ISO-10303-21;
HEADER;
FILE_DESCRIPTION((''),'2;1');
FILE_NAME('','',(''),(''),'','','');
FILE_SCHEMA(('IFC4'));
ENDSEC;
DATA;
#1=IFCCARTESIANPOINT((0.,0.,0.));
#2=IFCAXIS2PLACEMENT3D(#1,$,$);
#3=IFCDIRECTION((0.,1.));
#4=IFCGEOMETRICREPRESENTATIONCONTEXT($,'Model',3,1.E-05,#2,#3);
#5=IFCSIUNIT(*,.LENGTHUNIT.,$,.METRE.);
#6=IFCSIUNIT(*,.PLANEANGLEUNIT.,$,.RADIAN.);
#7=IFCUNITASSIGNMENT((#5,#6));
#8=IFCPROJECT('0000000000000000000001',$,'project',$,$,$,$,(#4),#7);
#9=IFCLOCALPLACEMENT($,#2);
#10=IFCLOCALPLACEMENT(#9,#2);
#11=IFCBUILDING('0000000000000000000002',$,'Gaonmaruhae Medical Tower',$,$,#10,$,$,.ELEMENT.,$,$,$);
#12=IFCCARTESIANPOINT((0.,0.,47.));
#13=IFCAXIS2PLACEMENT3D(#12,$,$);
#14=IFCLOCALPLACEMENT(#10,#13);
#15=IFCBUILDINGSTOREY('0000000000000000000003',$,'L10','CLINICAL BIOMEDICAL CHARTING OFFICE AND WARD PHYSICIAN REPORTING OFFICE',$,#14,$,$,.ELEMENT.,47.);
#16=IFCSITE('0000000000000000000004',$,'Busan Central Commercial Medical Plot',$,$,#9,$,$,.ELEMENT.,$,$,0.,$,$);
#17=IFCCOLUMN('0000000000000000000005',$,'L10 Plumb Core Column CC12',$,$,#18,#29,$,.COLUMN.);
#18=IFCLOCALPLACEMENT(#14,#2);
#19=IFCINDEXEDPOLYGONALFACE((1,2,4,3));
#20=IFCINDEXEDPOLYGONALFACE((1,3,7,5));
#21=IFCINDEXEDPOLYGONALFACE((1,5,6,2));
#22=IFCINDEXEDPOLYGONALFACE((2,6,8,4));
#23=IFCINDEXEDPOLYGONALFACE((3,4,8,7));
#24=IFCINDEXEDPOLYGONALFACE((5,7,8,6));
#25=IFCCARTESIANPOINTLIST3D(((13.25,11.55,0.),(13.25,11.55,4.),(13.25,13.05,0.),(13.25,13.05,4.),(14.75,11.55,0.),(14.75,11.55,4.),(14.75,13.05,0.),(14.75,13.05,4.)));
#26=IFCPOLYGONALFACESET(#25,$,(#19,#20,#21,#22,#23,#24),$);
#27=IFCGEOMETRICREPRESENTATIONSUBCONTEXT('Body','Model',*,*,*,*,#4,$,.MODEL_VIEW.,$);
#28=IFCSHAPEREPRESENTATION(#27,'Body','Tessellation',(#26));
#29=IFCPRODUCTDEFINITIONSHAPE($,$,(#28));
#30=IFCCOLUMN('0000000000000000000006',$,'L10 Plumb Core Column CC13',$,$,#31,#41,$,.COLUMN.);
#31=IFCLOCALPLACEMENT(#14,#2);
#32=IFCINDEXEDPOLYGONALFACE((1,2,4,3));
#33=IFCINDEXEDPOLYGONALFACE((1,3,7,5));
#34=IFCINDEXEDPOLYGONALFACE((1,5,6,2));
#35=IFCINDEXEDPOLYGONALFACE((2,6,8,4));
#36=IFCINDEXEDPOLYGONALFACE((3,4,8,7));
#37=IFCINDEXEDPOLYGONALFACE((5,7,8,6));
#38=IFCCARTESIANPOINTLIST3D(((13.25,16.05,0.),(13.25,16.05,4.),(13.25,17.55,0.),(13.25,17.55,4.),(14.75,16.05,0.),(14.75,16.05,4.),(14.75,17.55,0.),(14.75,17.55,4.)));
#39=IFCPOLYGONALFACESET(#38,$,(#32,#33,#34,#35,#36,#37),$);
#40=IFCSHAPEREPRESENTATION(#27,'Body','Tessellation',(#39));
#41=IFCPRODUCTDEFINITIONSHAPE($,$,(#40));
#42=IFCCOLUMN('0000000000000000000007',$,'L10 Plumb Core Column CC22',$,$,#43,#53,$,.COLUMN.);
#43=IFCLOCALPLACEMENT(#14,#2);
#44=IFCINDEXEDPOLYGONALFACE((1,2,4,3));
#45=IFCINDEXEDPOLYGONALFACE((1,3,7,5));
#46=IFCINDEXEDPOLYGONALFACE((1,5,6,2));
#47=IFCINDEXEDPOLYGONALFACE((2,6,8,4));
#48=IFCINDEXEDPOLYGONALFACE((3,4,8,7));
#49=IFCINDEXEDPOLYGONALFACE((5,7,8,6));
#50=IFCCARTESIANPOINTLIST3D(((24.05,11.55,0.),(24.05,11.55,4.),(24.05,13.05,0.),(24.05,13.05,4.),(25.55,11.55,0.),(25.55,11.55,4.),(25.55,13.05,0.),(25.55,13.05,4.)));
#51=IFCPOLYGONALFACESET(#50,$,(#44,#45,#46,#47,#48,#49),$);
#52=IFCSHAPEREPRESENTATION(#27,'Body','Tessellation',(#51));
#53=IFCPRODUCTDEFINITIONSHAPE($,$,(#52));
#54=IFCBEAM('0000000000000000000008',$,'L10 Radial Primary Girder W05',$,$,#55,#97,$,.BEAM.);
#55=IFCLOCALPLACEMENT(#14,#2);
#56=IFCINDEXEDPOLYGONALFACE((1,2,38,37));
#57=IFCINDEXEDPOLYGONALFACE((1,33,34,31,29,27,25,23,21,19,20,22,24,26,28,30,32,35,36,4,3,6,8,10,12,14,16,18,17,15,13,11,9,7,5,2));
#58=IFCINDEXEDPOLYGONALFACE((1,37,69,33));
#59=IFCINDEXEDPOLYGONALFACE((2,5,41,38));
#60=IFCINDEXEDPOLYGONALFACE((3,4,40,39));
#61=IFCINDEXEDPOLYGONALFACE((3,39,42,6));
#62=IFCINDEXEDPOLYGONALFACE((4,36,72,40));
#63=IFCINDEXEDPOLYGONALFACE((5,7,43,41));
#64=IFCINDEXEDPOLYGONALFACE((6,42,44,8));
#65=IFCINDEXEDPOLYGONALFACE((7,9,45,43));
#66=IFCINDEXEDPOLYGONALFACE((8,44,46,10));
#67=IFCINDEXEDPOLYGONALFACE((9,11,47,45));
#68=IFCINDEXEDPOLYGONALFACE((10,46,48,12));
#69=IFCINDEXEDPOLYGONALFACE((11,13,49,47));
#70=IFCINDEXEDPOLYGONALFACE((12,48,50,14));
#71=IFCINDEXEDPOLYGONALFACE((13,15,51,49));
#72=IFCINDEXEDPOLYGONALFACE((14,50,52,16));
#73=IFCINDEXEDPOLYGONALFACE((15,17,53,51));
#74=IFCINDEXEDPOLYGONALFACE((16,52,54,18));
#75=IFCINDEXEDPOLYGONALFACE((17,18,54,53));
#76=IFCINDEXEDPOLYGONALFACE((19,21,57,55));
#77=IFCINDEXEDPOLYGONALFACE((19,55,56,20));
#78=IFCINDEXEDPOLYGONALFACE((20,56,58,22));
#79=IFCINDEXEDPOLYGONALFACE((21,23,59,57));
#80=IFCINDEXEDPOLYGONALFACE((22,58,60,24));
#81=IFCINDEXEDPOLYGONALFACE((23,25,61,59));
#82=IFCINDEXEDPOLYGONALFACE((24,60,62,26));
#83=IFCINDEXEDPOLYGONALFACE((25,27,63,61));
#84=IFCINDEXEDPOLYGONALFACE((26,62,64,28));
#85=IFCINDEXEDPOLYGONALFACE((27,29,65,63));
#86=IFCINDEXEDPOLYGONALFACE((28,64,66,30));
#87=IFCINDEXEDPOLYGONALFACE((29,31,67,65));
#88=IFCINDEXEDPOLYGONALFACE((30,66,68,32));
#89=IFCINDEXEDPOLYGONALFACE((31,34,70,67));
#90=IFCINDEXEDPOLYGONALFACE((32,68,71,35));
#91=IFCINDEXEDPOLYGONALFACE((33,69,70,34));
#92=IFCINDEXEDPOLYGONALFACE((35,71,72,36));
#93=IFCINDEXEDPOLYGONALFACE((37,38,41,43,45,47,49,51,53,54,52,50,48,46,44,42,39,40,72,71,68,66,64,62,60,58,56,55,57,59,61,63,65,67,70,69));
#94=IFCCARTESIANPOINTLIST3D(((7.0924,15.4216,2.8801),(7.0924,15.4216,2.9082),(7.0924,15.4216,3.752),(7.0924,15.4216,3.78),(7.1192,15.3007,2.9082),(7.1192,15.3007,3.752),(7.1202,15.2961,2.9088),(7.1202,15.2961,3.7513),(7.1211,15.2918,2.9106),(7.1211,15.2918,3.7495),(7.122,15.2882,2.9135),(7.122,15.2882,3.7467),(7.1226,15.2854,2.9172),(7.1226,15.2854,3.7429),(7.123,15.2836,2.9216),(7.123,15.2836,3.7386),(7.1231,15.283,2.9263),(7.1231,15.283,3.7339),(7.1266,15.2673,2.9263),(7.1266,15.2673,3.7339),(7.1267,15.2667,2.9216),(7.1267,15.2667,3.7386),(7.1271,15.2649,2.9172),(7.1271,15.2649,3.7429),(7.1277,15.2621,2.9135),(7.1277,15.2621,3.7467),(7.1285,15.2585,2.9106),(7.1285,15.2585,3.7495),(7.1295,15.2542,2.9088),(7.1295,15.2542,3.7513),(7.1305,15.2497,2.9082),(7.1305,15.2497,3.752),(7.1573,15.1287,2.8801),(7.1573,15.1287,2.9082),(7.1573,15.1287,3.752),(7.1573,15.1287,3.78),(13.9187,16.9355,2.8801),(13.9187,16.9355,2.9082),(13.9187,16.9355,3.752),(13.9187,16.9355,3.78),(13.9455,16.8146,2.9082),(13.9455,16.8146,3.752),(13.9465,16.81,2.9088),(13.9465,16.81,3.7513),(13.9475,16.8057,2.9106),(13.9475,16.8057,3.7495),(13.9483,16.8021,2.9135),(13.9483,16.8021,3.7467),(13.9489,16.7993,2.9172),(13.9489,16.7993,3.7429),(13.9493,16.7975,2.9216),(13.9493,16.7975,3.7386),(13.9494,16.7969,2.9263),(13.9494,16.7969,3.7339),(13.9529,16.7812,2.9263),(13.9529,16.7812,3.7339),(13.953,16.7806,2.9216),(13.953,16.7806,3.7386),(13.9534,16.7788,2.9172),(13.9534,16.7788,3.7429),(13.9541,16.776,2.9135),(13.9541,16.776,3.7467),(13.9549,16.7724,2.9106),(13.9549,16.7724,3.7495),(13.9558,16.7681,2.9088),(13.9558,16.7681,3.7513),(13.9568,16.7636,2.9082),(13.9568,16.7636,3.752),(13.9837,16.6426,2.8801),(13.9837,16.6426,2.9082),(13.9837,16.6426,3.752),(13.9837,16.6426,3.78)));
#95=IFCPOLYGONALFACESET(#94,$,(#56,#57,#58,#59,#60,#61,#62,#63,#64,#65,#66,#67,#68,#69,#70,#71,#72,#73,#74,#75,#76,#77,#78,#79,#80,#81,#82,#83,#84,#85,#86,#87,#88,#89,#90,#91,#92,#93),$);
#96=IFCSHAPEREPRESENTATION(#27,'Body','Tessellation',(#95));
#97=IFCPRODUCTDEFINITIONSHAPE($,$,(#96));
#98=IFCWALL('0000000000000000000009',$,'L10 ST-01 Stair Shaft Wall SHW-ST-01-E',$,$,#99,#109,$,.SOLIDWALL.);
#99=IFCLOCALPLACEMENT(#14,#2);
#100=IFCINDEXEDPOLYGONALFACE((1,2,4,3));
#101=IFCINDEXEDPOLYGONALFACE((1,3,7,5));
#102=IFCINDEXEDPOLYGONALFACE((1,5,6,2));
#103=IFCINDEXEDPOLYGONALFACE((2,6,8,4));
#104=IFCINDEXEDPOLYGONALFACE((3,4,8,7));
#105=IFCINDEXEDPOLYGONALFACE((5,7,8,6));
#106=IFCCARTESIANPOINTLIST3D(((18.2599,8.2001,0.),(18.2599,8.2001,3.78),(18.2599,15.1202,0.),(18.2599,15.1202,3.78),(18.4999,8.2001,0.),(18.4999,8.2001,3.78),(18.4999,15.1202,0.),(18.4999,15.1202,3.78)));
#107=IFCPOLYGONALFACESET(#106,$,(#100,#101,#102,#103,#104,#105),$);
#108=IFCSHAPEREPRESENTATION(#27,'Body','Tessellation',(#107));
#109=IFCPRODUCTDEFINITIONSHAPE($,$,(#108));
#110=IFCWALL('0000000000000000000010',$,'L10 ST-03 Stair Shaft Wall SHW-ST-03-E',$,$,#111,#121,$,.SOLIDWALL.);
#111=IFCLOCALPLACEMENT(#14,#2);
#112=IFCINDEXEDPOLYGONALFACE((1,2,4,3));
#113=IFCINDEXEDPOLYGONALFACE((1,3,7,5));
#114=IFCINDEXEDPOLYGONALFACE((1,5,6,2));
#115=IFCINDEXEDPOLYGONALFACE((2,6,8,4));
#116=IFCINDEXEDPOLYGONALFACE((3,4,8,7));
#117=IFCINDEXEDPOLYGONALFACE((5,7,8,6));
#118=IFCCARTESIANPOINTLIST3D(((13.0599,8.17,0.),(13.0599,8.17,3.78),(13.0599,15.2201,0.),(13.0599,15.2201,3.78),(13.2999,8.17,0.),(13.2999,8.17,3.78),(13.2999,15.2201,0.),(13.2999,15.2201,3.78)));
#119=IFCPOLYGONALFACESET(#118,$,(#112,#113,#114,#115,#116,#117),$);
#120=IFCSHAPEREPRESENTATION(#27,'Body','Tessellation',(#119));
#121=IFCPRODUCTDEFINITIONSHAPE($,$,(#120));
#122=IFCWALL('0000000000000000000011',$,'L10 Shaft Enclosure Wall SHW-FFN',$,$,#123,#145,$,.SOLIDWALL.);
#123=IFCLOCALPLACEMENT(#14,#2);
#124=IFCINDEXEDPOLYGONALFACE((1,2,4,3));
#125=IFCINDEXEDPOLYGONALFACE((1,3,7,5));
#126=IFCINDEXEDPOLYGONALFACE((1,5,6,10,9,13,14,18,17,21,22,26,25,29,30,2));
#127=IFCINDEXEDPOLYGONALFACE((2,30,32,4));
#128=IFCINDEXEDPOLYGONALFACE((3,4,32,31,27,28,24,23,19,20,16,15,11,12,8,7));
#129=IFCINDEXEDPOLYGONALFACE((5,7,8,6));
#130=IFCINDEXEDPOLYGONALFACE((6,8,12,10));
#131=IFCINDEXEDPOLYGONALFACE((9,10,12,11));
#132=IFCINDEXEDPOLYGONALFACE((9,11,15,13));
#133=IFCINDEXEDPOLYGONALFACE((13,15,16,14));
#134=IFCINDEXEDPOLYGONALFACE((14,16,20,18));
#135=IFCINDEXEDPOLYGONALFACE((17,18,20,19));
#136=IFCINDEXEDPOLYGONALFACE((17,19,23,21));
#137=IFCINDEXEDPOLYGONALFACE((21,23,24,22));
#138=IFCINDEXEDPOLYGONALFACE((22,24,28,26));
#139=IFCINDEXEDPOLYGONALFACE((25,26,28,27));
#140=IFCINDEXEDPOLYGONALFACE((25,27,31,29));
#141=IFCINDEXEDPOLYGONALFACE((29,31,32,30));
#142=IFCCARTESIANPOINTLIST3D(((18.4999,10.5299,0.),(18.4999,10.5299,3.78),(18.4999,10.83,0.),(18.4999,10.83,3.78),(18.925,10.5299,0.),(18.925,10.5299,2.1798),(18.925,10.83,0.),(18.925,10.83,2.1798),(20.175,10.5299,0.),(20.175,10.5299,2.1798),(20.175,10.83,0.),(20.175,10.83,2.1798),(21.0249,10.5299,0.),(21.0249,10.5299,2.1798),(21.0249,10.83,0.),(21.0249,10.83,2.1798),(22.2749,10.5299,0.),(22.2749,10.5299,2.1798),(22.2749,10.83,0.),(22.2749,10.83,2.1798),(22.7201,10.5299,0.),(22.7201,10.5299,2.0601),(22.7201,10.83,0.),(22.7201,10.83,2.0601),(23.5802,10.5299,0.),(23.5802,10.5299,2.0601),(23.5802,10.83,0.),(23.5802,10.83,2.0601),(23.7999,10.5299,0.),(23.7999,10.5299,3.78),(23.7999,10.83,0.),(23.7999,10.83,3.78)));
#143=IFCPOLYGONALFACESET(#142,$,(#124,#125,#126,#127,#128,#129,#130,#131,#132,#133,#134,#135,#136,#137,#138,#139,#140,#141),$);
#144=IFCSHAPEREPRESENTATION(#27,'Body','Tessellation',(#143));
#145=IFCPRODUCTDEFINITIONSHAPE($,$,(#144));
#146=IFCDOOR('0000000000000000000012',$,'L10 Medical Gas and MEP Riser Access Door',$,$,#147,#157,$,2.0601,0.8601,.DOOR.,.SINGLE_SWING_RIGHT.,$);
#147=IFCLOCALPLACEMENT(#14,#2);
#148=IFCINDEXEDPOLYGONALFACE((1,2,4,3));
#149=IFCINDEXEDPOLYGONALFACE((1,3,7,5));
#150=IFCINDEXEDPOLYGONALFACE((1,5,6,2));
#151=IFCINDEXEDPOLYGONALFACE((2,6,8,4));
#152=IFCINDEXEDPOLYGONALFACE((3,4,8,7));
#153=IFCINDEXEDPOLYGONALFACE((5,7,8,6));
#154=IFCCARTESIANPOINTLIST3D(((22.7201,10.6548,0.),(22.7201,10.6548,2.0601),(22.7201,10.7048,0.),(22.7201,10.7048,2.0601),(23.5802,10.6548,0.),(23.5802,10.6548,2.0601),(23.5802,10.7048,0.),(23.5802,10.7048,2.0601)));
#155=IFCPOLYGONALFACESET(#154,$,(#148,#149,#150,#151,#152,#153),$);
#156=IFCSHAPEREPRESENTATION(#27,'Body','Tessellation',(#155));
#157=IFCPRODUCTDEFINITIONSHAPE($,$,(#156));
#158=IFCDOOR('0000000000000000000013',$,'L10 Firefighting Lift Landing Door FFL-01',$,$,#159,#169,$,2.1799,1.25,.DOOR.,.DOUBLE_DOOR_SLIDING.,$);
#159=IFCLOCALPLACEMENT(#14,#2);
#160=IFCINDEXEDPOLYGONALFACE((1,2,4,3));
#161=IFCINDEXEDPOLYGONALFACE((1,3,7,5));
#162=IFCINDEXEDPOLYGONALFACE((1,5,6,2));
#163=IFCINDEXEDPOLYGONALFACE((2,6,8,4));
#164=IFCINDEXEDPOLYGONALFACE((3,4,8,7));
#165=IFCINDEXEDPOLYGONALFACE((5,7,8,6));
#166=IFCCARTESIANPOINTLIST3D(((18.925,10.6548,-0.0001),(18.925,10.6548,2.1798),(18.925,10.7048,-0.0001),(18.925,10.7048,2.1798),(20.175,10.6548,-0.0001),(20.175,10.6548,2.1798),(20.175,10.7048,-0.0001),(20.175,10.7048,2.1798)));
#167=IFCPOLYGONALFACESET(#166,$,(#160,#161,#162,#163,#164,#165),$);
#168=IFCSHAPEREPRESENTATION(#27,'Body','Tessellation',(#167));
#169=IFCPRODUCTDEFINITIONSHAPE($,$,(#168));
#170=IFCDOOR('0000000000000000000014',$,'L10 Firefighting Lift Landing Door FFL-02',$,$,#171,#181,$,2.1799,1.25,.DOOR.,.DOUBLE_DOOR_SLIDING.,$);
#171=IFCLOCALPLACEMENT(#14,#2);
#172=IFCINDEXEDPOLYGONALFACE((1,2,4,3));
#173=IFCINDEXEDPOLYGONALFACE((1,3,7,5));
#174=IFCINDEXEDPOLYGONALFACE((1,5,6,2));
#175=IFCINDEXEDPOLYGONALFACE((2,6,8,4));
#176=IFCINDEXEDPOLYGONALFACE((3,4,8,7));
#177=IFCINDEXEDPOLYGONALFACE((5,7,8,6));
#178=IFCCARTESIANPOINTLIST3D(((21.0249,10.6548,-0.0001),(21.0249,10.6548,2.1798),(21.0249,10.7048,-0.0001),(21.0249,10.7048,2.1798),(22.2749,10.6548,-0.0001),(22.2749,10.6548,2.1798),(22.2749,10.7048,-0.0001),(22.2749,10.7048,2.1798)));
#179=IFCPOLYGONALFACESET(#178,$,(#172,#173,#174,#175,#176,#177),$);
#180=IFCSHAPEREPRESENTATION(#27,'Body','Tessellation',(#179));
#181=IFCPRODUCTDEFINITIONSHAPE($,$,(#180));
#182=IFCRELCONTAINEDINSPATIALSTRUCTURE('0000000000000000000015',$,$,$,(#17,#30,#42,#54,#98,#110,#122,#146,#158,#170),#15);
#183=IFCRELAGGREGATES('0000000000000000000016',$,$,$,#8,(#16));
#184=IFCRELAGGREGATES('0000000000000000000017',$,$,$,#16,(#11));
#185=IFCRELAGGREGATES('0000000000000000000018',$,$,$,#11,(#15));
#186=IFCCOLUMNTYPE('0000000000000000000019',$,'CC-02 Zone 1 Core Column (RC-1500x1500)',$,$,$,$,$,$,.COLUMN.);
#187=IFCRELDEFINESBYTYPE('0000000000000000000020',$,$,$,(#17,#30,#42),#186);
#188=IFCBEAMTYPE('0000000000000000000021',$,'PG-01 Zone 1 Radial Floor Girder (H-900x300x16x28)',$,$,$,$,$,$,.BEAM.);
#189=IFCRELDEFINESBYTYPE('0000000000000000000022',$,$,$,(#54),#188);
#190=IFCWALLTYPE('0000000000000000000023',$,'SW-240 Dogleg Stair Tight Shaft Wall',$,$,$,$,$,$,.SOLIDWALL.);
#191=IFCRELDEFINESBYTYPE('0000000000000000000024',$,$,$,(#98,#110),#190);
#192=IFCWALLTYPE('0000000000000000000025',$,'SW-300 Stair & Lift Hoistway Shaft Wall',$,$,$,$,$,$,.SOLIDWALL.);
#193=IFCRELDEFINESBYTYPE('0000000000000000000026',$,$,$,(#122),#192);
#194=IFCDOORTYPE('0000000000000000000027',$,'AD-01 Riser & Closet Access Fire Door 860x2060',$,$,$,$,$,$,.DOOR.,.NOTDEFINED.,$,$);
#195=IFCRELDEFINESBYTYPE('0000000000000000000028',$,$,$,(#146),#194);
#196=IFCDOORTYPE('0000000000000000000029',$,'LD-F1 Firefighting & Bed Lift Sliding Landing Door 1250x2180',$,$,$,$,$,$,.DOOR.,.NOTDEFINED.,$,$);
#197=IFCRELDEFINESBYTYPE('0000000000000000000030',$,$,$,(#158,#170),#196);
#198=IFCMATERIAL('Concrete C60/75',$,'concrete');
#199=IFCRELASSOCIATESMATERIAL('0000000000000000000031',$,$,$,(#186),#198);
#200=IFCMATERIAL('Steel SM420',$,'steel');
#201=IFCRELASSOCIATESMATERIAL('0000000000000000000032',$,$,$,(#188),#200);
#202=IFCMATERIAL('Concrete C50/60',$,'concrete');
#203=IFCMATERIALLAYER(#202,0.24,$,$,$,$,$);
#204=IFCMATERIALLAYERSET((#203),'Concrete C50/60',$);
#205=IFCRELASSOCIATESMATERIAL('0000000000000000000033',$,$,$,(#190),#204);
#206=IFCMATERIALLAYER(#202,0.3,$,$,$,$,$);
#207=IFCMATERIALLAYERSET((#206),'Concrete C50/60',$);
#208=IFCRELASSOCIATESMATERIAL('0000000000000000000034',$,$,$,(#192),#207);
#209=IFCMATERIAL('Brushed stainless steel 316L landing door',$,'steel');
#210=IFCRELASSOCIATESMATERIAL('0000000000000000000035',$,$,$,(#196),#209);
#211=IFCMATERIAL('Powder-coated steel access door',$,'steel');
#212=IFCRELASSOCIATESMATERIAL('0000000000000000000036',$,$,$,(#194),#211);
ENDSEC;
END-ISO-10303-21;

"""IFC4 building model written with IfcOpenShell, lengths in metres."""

from ifc_helpers import new_model, si_unit, direction, frame, frame_2d, origin, origin_2d, place, context, subcontext, project, spatial, rectangle, i_section, extrude, material, layer, layer_set, material_profile, profile_set, type_object, element, fill, save


model = new_model("IFC4")

# Units and contexts
model_context = context("Model", 3, precision=1e-05, world=origin(), true_north=direction((0.0, 1.0)))
body_context = subcontext(model_context, "Body", "Model", "MODEL_VIEW")
ifc_project = project(units=[si_unit("LENGTHUNIT", "METRE"), si_unit("PLANEANGLEUNIT", "RADIAN")], contexts=[model_context])

# Site, building, storey
site_placement = place(None, origin())
site = spatial("IfcSite", under=ifc_project, at=site_placement, Name="Busan Central Commercial Medical Plot", CompositionType="ELEMENT", RefElevation=0.0)
building_placement = place(site_placement, origin())
building = spatial("IfcBuilding", under=site, at=building_placement, Name="Gaonmaruhae Medical Tower", CompositionType="ELEMENT")
storey_placement = place(building_placement, frame((0.0, 0.0, 47.0)))
storey = spatial("IfcBuildingStorey", under=building, at=storey_placement, Name="L10", Description="CLINICAL BIOMEDICAL CHARTING OFFICE AND WARD PHYSICIAN REPORTING OFFICE", CompositionType="ELEMENT", Elevation=47.0)

# Columns
ifc_material_1 = material(Name="Concrete C60/75", Category="concrete")
ifc_material_profile_1 = material_profile(ifc_material_1, rectangle(XDim=1.5, YDim=1.5, at=origin_2d()), Name="RC-1500x1500")
ifc_profile_set_1 = profile_set([ifc_material_profile_1], Name="Concrete C60/75")
column_type = type_object("IfcColumnType", Name="CC-02 Zone 1 Core Column (RC-1500x1500)", PredefinedType="COLUMN", material=ifc_profile_set_1)
for number, where, z_axis, x_axis, name in (
    (1, (14.0, 12.3, 0.0), (0.0, 0.0, 1.0), (1.0, 0.0, 0.0), "L10 Plumb Core Column CC12"),
    (2, (14.0, 16.8, 0.0), (0.0, 0.0, 1.0), (1.0, 0.0, 0.0), "L10 Plumb Core Column CC13"),
    (3, (24.8, 12.3, 0.0), (0.0, 0.0, 1.0), (1.0, 0.0, 0.0), "L10 Plumb Core Column CC22"),
):
    element("IfcColumn", number, at=place(storey_placement, frame(where, z_axis=z_axis, x_axis=x_axis)), inside=storey, type_object=column_type, Name=name, PredefinedType="COLUMN", context=body_context, shape_type="SweptSolid", body=[
        extrude(rectangle(XDim=1.5, YDim=1.5, at=origin_2d()), origin(), (0.0, 0.0, 1.0), 4.0),
    ])

# Beam
ifc_material_2 = material(Name="Steel SM420", Category="steel")
ifc_material_profile_2 = material_profile(ifc_material_2, i_section(OverallWidth=0.3, OverallDepth=0.8999, WebThickness=0.0161, FlangeThickness=0.0281, FilletRadius=0.0181, at=origin_2d()), Name="H-900x300x16x28")
ifc_profile_set_2 = profile_set([ifc_material_profile_2], Name="Steel SM420")
beam_type = type_object("IfcBeamType", Name="PG-01 Zone 1 Radial Floor Girder (H-900x300x16x28)", PredefinedType="BEAM", material=ifc_profile_set_2)
beam_placement = place(storey_placement, frame((13.9512, 16.7891, 3.3301), z_axis=(-0.97628, -0.216513, 0.0), x_axis=(0.216513, -0.97628, 0.0)))
element("IfcBeam", 4, at=beam_placement, inside=storey, type_object=beam_type, Name="L10 Radial Primary Girder W05", PredefinedType="BEAM", context=body_context, shape_type="SweptSolid", body=[
    extrude(i_section(OverallWidth=0.3, OverallDepth=0.8999, WebThickness=0.0161, FlangeThickness=0.0281, FilletRadius=0.0181, at=origin_2d()), origin(), (0.0, 0.0, 1.0), 6.9922),
])

# Shared definitions
ifc_material_3 = material(Name="Concrete C50/60", Category="concrete")
ifc_layer_1 = layer(ifc_material_3, 0.24)
ifc_layer_set_1 = layer_set([ifc_layer_1], Name="Concrete C50/60")
wall_type_1 = type_object("IfcWallType", Name="SW-240 Dogleg Stair Tight Shaft Wall", PredefinedType="SOLIDWALL", material=ifc_layer_set_1)

# Walls
wall_1_placement = place(storey_placement, frame((18.3799, 15.1201, 0.0), z_axis=(0.0, 0.0, 1.0), x_axis=(0.0, -1.0, 0.0)))
element("IfcWall", 5, at=wall_1_placement, inside=storey, type_object=wall_type_1, Name="L10 ST-01 Stair Shaft Wall SHW-ST-01-E", PredefinedType="SOLIDWALL", context=body_context, shape_type="SweptSolid", body=[
    extrude(rectangle(XDim=6.9202, YDim=0.24, at=frame_2d((3.46, 0.0))), origin(), (0.0, 0.0, 1.0), 3.78),
])
wall_2_placement = place(storey_placement, frame((13.1799, 15.22, 0.0), z_axis=(0.0, 0.0, 1.0), x_axis=(0.0, -1.0, 0.0)))
element("IfcWall", 6, at=wall_2_placement, inside=storey, type_object=wall_type_1, Name="L10 ST-03 Stair Shaft Wall SHW-ST-03-E", PredefinedType="SOLIDWALL", context=body_context, shape_type="SweptSolid", body=[
    extrude(rectangle(XDim=7.05, YDim=0.24, at=frame_2d((3.5249, 0.0))), origin(), (0.0, 0.0, 1.0), 3.78),
])

# Wall, openings, doors
ifc_layer_2 = layer(ifc_material_3, 0.3)
ifc_layer_set_2 = layer_set([ifc_layer_2], Name="Concrete C50/60")
wall_type_2 = type_object("IfcWallType", Name="SW-300 Stair & Lift Hoistway Shaft Wall", PredefinedType="SOLIDWALL", material=ifc_layer_set_2)
ifc_material_4 = material(Name="Brushed stainless steel 316L landing door", Category="steel")
door_type_1 = type_object("IfcDoorType", Name="LD-F1 Firefighting & Bed Lift Sliding Landing Door 1250x2180", OperationType="NOTDEFINED", PredefinedType="DOOR", material=ifc_material_4)
wall_3_placement = place(storey_placement, frame((18.5, 10.6799, 0.0), z_axis=(0.0, 0.0, 1.0), x_axis=(1.0, 0.0, 0.0)))
wall_3 = element("IfcWall", 7, at=wall_3_placement, inside=storey, type_object=wall_type_2, Name="L10 Shaft Enclosure Wall SHW-FFN", PredefinedType="SOLIDWALL", context=body_context, shape_type="SweptSolid", body=[
    extrude(rectangle(XDim=5.3, YDim=0.3, at=frame_2d((2.6499, 0.0))), origin(), (0.0, 0.0, 1.0), 3.78),
])
opening_1_placement = place(wall_3_placement, frame((4.22, 0.0, 0.0)))
opening_1 = element("IfcOpeningElement", 8, at=opening_1_placement, cuts=wall_3, PredefinedType="OPENING", context=body_context, shape_type="SweptSolid", body=[
    extrude(rectangle(XDim=0.8601, YDim=2.0601, at=frame_2d((0.4302, 1.03))), frame((0.0, 0.1602, 0.0), z_axis=(0.0, -1.0, 0.0), x_axis=(1.0, 0.0, 0.0)), (0.0, 0.0, 1.0), 0.3201),
])
opening_2_placement = place(wall_3_placement, frame((0.425, 0.0, 0.0)))
opening_2 = element("IfcOpeningElement", 9, at=opening_2_placement, cuts=wall_3, PredefinedType="OPENING", context=body_context, shape_type="SweptSolid", body=[
    extrude(rectangle(XDim=1.25, YDim=2.1799, at=frame_2d((0.625, 1.0898))), frame((0.0, 0.1602, 0.0), z_axis=(0.0, -1.0, 0.0), x_axis=(1.0, 0.0, 0.0)), (0.0, 0.0, 1.0), 0.3201),
])
opening_3_placement = place(wall_3_placement, frame((2.5249, 0.0, 0.0)))
opening_3 = element("IfcOpeningElement", 10, at=opening_3_placement, cuts=wall_3, PredefinedType="OPENING", context=body_context, shape_type="SweptSolid", body=[
    extrude(rectangle(XDim=1.25, YDim=2.1799, at=frame_2d((0.625, 1.0898))), frame((0.0, 0.1602, 0.0), z_axis=(0.0, -1.0, 0.0), x_axis=(1.0, 0.0, 0.0)), (0.0, 0.0, 1.0), 0.3201),
])
ifc_material_5 = material(Name="Powder-coated steel access door", Category="steel")
door_type_2 = type_object("IfcDoorType", Name="AD-01 Riser & Closet Access Fire Door 860x2060", OperationType="NOTDEFINED", PredefinedType="DOOR", material=ifc_material_5)
door_1_placement = place(opening_1_placement, origin())
door_1 = element("IfcDoor", 11, at=door_1_placement, inside=storey, type_object=door_type_2, Name="L10 Medical Gas and MEP Riser Access Door", OperationType="SINGLE_SWING_RIGHT", OverallHeight=2.0601, OverallWidth=0.8601, PredefinedType="DOOR", context=body_context, shape_type="SweptSolid", body=[
    extrude(rectangle(XDim=0.8601, YDim=2.0601, at=frame_2d((0.4302, 1.03))), frame((0.0, 0.0249, 0.0), z_axis=(0.0, -1.0, 0.0), x_axis=(1.0, 0.0, 0.0)), (0.0, 0.0, 1.0), 0.05),
])
fill(opening_1, door_1)
door_2_placement = place(opening_2_placement, origin())
door_2 = element("IfcDoor", 12, at=door_2_placement, inside=storey, type_object=door_type_1, Name="L10 Firefighting Lift Landing Door FFL-01", OperationType="DOUBLE_DOOR_SLIDING", OverallHeight=2.1799, OverallWidth=1.25, PredefinedType="DOOR", context=body_context, shape_type="SweptSolid", body=[
    extrude(rectangle(XDim=1.25, YDim=2.1799, at=frame_2d((0.625, 1.0898))), frame((0.0, 0.0249, 0.0), z_axis=(0.0, -1.0, 0.0), x_axis=(1.0, 0.0, 0.0)), (0.0, 0.0, 1.0), 0.05),
])
fill(opening_2, door_2)
door_3_placement = place(opening_3_placement, origin())
door_3 = element("IfcDoor", 13, at=door_3_placement, inside=storey, type_object=door_type_1, Name="L10 Firefighting Lift Landing Door FFL-02", OperationType="DOUBLE_DOOR_SLIDING", OverallHeight=2.1799, OverallWidth=1.25, PredefinedType="DOOR", context=body_context, shape_type="SweptSolid", body=[
    extrude(rectangle(XDim=1.25, YDim=2.1799, at=frame_2d((0.625, 1.0898))), frame((0.0, 0.0249, 0.0), z_axis=(0.0, -1.0, 0.0), x_axis=(1.0, 0.0, 0.0)), (0.0, 0.0, 1.0), 0.05),
])
fill(opening_3, door_3)

save(model, "model.ifc")
